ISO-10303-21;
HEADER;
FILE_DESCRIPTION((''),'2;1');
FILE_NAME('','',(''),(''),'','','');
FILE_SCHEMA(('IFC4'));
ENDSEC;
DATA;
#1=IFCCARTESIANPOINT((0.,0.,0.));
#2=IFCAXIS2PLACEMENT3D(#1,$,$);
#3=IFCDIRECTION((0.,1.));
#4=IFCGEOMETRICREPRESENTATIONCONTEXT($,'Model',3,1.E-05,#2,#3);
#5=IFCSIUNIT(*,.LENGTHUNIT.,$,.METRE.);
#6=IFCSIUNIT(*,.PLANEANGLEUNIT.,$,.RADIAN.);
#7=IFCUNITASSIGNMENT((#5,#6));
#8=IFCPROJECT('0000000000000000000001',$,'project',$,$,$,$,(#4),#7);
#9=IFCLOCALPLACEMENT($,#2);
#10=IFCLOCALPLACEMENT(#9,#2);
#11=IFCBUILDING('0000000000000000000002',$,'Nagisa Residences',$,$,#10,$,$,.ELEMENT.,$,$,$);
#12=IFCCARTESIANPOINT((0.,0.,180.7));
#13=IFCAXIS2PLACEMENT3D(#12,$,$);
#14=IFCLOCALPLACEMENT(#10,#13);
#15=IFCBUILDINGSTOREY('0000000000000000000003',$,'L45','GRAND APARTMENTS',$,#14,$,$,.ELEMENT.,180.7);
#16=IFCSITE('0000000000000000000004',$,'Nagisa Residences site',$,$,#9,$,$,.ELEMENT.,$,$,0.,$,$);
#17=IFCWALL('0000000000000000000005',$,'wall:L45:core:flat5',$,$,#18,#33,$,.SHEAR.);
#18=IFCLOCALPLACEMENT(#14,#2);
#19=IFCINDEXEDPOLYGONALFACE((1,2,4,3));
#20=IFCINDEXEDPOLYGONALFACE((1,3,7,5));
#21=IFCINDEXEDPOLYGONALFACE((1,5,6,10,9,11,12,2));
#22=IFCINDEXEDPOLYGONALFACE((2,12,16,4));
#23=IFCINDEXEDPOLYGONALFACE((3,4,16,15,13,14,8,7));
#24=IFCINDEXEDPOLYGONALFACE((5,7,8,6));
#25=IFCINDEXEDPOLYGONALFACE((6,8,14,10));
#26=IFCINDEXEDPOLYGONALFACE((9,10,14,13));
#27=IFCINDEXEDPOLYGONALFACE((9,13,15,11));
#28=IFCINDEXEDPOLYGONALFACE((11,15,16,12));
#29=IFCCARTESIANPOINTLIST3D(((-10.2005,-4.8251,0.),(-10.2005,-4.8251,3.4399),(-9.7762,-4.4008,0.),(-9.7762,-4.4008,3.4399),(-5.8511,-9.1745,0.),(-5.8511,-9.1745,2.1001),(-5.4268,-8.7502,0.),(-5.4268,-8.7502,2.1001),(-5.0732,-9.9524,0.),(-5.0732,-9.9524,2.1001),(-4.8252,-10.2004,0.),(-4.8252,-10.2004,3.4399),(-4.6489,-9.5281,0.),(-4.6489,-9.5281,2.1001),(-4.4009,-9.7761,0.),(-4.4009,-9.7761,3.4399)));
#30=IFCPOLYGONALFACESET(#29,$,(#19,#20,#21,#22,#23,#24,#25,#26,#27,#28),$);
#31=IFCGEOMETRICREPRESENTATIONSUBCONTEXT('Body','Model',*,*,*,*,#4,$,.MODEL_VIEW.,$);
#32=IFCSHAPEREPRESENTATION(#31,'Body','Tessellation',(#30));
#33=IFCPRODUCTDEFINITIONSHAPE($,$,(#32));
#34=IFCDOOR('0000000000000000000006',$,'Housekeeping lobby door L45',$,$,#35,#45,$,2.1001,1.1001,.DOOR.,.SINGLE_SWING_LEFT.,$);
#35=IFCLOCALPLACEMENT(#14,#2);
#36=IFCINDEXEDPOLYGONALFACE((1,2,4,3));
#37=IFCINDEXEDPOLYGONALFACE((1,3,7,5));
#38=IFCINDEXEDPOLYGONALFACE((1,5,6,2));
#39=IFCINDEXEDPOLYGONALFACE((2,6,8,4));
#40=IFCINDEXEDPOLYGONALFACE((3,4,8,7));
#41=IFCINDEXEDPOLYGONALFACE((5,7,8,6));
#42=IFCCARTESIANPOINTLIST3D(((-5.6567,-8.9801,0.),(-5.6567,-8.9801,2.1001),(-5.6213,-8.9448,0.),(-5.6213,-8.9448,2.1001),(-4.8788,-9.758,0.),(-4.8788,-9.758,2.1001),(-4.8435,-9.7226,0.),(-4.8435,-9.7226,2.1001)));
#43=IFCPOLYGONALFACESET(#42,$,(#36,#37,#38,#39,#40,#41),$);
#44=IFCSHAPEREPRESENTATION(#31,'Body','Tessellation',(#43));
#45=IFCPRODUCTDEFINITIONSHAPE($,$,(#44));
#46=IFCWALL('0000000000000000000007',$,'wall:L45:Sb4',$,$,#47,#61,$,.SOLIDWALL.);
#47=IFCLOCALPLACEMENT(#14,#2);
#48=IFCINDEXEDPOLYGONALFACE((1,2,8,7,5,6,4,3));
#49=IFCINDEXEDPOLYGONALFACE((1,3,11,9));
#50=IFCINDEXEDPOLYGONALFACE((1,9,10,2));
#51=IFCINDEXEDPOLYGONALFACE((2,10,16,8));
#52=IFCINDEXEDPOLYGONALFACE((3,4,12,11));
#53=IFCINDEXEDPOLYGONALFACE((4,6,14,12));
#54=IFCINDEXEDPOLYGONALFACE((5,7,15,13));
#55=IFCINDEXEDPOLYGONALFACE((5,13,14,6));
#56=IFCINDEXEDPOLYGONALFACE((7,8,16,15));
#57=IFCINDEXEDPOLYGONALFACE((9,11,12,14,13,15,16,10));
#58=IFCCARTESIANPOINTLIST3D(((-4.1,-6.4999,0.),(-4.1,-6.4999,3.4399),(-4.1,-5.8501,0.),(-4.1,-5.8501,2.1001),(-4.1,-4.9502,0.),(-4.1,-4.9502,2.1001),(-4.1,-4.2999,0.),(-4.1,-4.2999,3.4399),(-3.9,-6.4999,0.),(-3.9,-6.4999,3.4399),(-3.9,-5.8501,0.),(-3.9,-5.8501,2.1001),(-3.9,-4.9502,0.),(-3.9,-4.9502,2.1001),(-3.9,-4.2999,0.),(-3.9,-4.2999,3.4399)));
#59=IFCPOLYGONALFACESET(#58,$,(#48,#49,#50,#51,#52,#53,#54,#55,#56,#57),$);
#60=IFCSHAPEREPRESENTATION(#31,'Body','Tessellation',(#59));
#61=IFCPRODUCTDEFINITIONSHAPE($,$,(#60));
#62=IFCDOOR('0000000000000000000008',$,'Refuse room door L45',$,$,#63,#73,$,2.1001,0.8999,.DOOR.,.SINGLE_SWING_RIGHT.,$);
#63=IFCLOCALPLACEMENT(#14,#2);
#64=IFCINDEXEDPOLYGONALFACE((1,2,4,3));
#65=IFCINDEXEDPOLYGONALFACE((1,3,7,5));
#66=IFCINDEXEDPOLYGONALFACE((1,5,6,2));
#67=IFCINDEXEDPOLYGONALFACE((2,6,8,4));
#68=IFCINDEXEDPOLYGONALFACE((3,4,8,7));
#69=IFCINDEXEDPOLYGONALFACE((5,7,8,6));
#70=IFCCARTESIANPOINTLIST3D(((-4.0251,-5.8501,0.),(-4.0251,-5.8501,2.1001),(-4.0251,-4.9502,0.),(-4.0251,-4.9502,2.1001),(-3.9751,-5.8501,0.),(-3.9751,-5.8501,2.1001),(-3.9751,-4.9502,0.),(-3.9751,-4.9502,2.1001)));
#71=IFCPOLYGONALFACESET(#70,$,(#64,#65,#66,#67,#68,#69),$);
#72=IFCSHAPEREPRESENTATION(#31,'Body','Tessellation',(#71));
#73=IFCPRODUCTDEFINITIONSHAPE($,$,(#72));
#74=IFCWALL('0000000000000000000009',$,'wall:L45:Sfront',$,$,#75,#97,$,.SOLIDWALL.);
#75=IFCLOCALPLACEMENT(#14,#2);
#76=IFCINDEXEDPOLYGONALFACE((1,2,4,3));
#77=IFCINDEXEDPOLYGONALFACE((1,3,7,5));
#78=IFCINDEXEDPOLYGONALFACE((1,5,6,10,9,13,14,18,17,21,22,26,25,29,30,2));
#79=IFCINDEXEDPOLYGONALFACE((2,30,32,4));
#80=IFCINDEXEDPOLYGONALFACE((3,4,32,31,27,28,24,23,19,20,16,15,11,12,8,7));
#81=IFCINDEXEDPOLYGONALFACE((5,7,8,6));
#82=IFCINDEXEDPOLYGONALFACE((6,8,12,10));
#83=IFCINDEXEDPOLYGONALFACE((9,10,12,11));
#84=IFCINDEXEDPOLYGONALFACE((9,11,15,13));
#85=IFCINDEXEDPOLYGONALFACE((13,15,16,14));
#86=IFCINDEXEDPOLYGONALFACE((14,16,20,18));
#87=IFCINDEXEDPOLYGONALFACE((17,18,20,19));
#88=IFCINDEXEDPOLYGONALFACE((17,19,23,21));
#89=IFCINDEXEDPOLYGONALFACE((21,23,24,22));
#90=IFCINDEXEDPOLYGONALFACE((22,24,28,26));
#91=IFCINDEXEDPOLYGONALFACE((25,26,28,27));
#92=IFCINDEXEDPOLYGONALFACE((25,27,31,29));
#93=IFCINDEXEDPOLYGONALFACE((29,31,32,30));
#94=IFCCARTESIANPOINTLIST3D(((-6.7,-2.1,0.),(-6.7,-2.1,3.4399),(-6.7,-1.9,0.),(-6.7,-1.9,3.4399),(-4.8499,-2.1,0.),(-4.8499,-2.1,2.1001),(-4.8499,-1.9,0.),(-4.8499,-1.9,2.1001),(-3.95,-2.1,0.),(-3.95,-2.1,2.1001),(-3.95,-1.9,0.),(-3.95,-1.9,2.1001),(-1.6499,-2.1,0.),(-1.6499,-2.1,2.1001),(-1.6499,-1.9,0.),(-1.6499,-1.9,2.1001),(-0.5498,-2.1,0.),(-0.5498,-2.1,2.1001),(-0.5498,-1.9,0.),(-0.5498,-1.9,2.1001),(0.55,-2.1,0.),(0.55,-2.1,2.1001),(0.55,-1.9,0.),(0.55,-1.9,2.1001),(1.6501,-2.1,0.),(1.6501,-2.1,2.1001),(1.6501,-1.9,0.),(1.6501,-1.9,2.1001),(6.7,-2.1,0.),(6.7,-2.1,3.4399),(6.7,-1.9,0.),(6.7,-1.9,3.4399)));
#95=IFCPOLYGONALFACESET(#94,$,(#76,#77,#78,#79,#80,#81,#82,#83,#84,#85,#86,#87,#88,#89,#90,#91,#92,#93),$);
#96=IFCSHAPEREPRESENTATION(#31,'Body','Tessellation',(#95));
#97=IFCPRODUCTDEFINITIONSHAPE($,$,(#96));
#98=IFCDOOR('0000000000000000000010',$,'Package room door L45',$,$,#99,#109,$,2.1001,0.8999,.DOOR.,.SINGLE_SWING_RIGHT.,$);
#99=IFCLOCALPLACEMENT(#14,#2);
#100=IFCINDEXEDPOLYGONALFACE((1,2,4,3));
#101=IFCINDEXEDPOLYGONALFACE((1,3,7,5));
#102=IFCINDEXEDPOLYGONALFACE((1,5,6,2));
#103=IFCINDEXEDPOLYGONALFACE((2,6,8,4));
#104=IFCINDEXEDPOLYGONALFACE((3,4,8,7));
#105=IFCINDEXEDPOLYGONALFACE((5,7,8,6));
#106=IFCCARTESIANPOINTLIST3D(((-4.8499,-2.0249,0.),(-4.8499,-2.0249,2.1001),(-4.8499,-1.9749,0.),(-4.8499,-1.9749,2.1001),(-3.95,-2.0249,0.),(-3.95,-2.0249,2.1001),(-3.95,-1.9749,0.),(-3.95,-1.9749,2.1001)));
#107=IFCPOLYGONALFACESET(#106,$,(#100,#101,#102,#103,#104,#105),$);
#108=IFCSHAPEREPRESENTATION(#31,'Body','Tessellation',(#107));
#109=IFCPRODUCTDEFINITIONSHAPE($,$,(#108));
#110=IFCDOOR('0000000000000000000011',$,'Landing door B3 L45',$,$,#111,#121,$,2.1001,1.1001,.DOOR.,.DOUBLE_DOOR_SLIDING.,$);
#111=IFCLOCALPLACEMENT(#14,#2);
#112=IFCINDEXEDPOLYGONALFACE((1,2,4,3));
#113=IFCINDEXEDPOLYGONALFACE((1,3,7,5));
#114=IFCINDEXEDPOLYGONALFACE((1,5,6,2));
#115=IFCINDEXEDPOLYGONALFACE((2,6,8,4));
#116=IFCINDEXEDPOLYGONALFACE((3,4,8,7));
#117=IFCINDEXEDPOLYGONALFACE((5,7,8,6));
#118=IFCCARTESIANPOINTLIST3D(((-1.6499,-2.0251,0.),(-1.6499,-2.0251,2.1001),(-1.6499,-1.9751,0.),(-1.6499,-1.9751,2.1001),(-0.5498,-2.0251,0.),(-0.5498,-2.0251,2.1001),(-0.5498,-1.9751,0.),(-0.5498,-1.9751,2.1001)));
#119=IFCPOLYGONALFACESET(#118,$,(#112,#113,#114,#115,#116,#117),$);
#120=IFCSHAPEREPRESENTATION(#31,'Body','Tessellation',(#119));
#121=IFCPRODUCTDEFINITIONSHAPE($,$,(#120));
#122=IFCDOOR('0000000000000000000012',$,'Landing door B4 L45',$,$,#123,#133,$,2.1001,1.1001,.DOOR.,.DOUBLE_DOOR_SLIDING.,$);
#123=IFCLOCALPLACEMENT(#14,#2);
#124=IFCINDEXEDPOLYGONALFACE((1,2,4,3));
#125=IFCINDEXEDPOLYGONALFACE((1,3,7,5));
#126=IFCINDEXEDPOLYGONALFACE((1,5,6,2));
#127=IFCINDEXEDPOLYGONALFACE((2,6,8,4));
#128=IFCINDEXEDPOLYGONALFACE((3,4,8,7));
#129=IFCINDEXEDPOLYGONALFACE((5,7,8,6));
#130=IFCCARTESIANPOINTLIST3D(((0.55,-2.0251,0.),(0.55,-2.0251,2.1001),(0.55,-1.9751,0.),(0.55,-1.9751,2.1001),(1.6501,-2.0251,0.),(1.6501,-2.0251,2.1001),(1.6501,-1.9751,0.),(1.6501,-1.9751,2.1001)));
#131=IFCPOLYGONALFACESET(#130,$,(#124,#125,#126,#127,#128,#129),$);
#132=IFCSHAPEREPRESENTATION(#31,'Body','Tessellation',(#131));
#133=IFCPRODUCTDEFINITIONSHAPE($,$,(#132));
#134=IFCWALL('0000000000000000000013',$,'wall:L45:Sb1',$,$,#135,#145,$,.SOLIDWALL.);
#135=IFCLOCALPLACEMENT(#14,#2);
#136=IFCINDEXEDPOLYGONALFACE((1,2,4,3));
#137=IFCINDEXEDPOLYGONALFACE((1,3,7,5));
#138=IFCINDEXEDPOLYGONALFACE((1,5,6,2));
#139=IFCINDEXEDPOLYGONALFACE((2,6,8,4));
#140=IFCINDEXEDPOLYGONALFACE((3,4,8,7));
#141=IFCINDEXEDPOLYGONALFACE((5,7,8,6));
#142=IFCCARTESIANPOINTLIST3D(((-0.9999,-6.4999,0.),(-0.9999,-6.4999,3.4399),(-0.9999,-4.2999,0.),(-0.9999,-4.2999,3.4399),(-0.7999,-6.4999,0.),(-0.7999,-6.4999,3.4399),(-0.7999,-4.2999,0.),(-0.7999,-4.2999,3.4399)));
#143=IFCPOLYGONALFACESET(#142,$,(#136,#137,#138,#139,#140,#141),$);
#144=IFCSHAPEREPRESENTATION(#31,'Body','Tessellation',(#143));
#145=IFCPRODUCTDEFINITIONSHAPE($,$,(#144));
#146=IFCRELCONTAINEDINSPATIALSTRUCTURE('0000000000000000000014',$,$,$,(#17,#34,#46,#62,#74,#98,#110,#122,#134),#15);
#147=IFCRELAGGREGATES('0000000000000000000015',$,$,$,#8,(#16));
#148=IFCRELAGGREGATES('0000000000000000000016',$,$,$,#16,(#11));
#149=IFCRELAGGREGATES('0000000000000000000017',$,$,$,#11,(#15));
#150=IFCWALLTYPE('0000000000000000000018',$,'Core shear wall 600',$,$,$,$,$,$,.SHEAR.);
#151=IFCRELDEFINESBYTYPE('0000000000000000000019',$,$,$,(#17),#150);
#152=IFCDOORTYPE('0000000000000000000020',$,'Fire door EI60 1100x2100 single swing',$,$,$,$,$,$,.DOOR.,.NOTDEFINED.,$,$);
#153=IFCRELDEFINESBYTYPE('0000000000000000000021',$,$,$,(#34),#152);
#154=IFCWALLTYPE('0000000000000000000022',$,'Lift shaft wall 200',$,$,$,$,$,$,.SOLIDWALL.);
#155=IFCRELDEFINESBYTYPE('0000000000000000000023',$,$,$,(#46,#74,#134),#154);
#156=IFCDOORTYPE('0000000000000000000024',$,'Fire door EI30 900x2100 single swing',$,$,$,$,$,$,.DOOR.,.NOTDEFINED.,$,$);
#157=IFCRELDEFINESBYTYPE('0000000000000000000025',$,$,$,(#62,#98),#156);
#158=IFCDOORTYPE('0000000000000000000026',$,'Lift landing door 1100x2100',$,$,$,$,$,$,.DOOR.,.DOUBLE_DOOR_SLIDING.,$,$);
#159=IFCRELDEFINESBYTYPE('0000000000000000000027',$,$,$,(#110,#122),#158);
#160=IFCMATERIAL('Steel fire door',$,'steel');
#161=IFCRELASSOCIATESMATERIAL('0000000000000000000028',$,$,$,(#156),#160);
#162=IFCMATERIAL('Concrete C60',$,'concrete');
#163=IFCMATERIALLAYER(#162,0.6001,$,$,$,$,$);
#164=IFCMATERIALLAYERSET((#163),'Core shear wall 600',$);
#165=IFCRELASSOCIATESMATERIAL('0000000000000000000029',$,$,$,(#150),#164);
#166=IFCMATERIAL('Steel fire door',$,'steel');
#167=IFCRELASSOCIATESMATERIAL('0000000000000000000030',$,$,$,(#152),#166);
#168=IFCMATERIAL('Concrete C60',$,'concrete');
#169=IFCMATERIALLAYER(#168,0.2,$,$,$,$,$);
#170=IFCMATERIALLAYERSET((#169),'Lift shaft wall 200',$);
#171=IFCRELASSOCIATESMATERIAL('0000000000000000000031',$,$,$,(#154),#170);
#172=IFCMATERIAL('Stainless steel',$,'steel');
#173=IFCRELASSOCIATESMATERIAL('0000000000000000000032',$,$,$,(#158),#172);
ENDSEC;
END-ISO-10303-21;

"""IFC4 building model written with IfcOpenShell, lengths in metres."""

from ifc_helpers import new_model, si_unit, direction, frame, frame_2d, origin, place, context, subcontext, project, spatial, rectangle, extrude, material, layer, layer_set, type_object, element, fill, save


model = new_model("IFC4")

# Units and contexts
model_context = context("Model", 3, precision=1e-05, world=origin(), true_north=direction((0.0, 1.0)))
body_context = subcontext(model_context, "Body", "Model", "MODEL_VIEW")
ifc_project = project(units=[si_unit("LENGTHUNIT", "METRE"), si_unit("PLANEANGLEUNIT", "RADIAN")], contexts=[model_context])

# Site, building, storey
site_placement = place(None, origin())
site = spatial("IfcSite", under=ifc_project, at=site_placement, Name="Nagisa Residences site", CompositionType="ELEMENT", RefElevation=0.0)
building_placement = place(site_placement, origin())
building = spatial("IfcBuilding", under=site, at=building_placement, Name="Nagisa Residences", CompositionType="ELEMENT")
storey_placement = place(building_placement, frame((0.0, 0.0, 180.7)))
storey = spatial("IfcBuildingStorey", under=building, at=storey_placement, Name="L45", Description="GRAND APARTMENTS", CompositionType="ELEMENT", Elevation=180.7)

# Shared definitions
ifc_material_1 = material(Name="Steel fire door", Category="steel")
door_type_1 = type_object("IfcDoorType", Name="Fire door EI30 900x2100 single swing", OperationType="NOTDEFINED", PredefinedType="DOOR", material=ifc_material_1)

# Walls, openings, doors
ifc_material_2 = material(Name="Concrete C60", Category="concrete")
ifc_layer_1 = layer(ifc_material_2, 0.6001)
ifc_layer_set_1 = layer_set([ifc_layer_1], Name="Core shear wall 600")
wall_type_1 = type_object("IfcWallType", Name="Core shear wall 600", PredefinedType="SHEAR", material=ifc_layer_set_1)
wall_1_placement = place(storey_placement, frame((-9.9883, -4.613, 0.0), z_axis=(0.0, 0.0, 1.0), x_axis=(0.707107, -0.707107, 0.0)))
wall_1 = element("IfcWall", 1, at=wall_1_placement, inside=storey, type_object=wall_type_1, Name="wall:L45:core:flat5", PredefinedType="SHEAR", context=body_context, shape_type="SweptSolid", body=[
    extrude(rectangle(XDim=7.6018, YDim=0.6001, at=frame_2d((3.8008, 0.0))), origin(), (0.0, 0.0, 1.0), 3.4399),
])
opening_1_placement = place(wall_1_placement, frame((6.1509, 0.0, 0.0)))
opening_1 = element("IfcOpeningElement", 2, at=opening_1_placement, cuts=wall_1, PredefinedType="OPENING", context=body_context, shape_type="SweptSolid", body=[
    extrude(rectangle(XDim=1.1001, YDim=2.1001, at=frame_2d((0.55, 1.05))), frame((0.0, 0.3101, 0.0), z_axis=(0.0, -1.0, 0.0), x_axis=(1.0, 0.0, 0.0)), (0.0, 0.0, 1.0), 0.6201),
])
ifc_material_3 = material(Name="Steel fire door", Category="steel")
door_type_2 = type_object("IfcDoorType", Name="Fire door EI60 1100x2100 single swing", OperationType="NOTDEFINED", PredefinedType="DOOR", material=ifc_material_3)
door_1_placement = place(opening_1_placement, origin())
door_1 = element("IfcDoor", 3, at=door_1_placement, inside=storey, type_object=door_type_2, Name="Housekeeping lobby door L45", OperationType="SINGLE_SWING_LEFT", OverallHeight=2.1001, OverallWidth=1.1001, PredefinedType="DOOR", context=body_context, shape_type="SweptSolid", body=[
    extrude(rectangle(XDim=1.1001, YDim=2.1001, at=frame_2d((0.55, 1.05))), frame((0.0, 0.0249, 0.0), z_axis=(0.0, -1.0, 0.0), x_axis=(1.0, 0.0, 0.0)), (0.0, 0.0, 1.0), 0.05),
])
fill(opening_1, door_1)
ifc_material_4 = material(Name="Concrete C60", Category="concrete")
ifc_layer_2 = layer(ifc_material_4, 0.2)
ifc_layer_set_2 = layer_set([ifc_layer_2], Name="Lift shaft wall 200")
wall_type_2 = type_object("IfcWallType", Name="Lift shaft wall 200", PredefinedType="SOLIDWALL", material=ifc_layer_set_2)
wall_2_placement = place(storey_placement, frame((-4.0, -6.5, 0.0), z_axis=(0.0, 0.0, 1.0), x_axis=(0.0, 1.0, 0.0)))
wall_2 = element("IfcWall", 4, at=wall_2_placement, inside=storey, type_object=wall_type_2, Name="wall:L45:Sb4", PredefinedType="SOLIDWALL", context=body_context, shape_type="SweptSolid", body=[
    extrude(rectangle(XDim=2.2, YDim=0.2, at=frame_2d((1.1001, 0.0))), origin(), (0.0, 0.0, 1.0), 3.4399),
])
opening_2_placement = place(wall_2_placement, frame((0.6499, 0.0, 0.0)))
opening_2 = element("IfcOpeningElement", 5, at=opening_2_placement, cuts=wall_2, PredefinedType="OPENING", context=body_context, shape_type="SweptSolid", body=[
    extrude(rectangle(XDim=0.8999, YDim=2.1001, at=frame_2d((0.45, 1.05))), frame((0.0, 0.1099, 0.0), z_axis=(0.0, -1.0, 0.0), x_axis=(1.0, 0.0, 0.0)), (0.0, 0.0, 1.0), 0.22),
])
door_2_placement = place(opening_2_placement, frame((0.8999, 0.0, 0.0), x_axis=(-1.0, 0.0, 0.0)))
door_2 = element("IfcDoor", 6, at=door_2_placement, inside=storey, type_object=door_type_1, Name="Refuse room door L45", OperationType="SINGLE_SWING_RIGHT", OverallHeight=2.1001, OverallWidth=0.8999, PredefinedType="DOOR", context=body_context, shape_type="SweptSolid", body=[
    extrude(rectangle(XDim=0.8999, YDim=2.1001, at=frame_2d((0.45, 1.05))), frame((0.0, 0.0249, 0.0), z_axis=(0.0, -1.0, 0.0), x_axis=(1.0, 0.0, 0.0)), (0.0, 0.0, 1.0), 0.05),
])
fill(opening_2, door_2)

# Wall, openings, doors
wall_3_placement = place(storey_placement, frame((-6.7, -2.0, 0.0), z_axis=(0.0, 0.0, 1.0), x_axis=(1.0, 0.0, 0.0)))
wall_3 = element("IfcWall", 7, at=wall_3_placement, inside=storey, type_object=wall_type_2, Name="wall:L45:Sfront", PredefinedType="SOLIDWALL", context=body_context, shape_type="SweptSolid", body=[
    extrude(rectangle(XDim=13.3999, YDim=0.2, at=frame_2d((6.7, 0.0))), origin(), (0.0, 0.0, 1.0), 3.4399),
])
opening_3_placement = place(wall_3_placement, frame((5.05, 0.0, 0.0)))
opening_3 = element("IfcOpeningElement", 8, at=opening_3_placement, cuts=wall_3, PredefinedType="OPENING", context=body_context, shape_type="SweptSolid", body=[
    extrude(rectangle(XDim=1.1001, YDim=2.1001, at=frame_2d((0.55, 1.05))), frame((0.0, 0.1099, 0.0), z_axis=(0.0, -1.0, 0.0), x_axis=(1.0, 0.0, 0.0)), (0.0, 0.0, 1.0), 0.22),
])
opening_4_placement = place(wall_3_placement, frame((7.25, 0.0, 0.0)))
opening_4 = element("IfcOpeningElement", 9, at=opening_4_placement, cuts=wall_3, PredefinedType="OPENING", context=body_context, shape_type="SweptSolid", body=[
    extrude(rectangle(XDim=1.1001, YDim=2.1001, at=frame_2d((0.55, 1.05))), frame((0.0, 0.1099, 0.0), z_axis=(0.0, -1.0, 0.0), x_axis=(1.0, 0.0, 0.0)), (0.0, 0.0, 1.0), 0.22),
])
opening_5_placement = place(wall_3_placement, frame((1.8501, 0.0, 0.0)))
opening_5 = element("IfcOpeningElement", 10, at=opening_5_placement, cuts=wall_3, PredefinedType="OPENING", context=body_context, shape_type="SweptSolid", body=[
    extrude(rectangle(XDim=0.8999, YDim=2.1001, at=frame_2d((0.45, 1.05))), frame((0.0, 0.1099, 0.0), z_axis=(0.0, -1.0, 0.0), x_axis=(1.0, 0.0, 0.0)), (0.0, 0.0, 1.0), 0.22),
])
door_3_placement = place(opening_5_placement, frame((0.8999, 0.0, 0.0), x_axis=(-1.0, 0.0, 0.0)))
door_3 = element("IfcDoor", 11, at=door_3_placement, inside=storey, type_object=door_type_1, Name="Package room door L45", OperationType="SINGLE_SWING_RIGHT", OverallHeight=2.1001, OverallWidth=0.8999, PredefinedType="DOOR", context=body_context, shape_type="SweptSolid", body=[
    extrude(rectangle(XDim=0.8999, YDim=2.1001, at=frame_2d((0.45, 1.05))), frame((0.0, 0.0249, 0.0), z_axis=(0.0, -1.0, 0.0), x_axis=(1.0, 0.0, 0.0)), (0.0, 0.0, 1.0), 0.05),
])
fill(opening_5, door_3)
ifc_material_5 = material(Name="Stainless steel", Category="steel")
door_type_3 = type_object("IfcDoorType", Name="Lift landing door 1100x2100", OperationType="DOUBLE_DOOR_SLIDING", PredefinedType="DOOR", material=ifc_material_5)
door_4_placement = place(opening_3_placement, origin())
door_4 = element("IfcDoor", 12, at=door_4_placement, inside=storey, type_object=door_type_3, Name="Landing door B3 L45", OperationType="DOUBLE_DOOR_SLIDING", OverallHeight=2.1001, OverallWidth=1.1001, PredefinedType="DOOR", context=body_context, shape_type="SweptSolid", body=[
    extrude(rectangle(XDim=1.1001, YDim=2.1001, at=frame_2d((0.55, 1.05))), frame((0.0, 0.0249, 0.0), z_axis=(0.0, -1.0, 0.0), x_axis=(1.0, 0.0, 0.0)), (0.0, 0.0, 1.0), 0.05),
])
fill(opening_3, door_4)
door_5_placement = place(opening_4_placement, origin())
door_5 = element("IfcDoor", 13, at=door_5_placement, inside=storey, type_object=door_type_3, Name="Landing door B4 L45", OperationType="DOUBLE_DOOR_SLIDING", OverallHeight=2.1001, OverallWidth=1.1001, PredefinedType="DOOR", context=body_context, shape_type="SweptSolid", body=[
    extrude(rectangle(XDim=1.1001, YDim=2.1001, at=frame_2d((0.55, 1.05))), frame((0.0, 0.0249, 0.0), z_axis=(0.0, -1.0, 0.0), x_axis=(1.0, 0.0, 0.0)), (0.0, 0.0, 1.0), 0.05),
])
fill(opening_4, door_5)

# Wall
wall_4_placement = place(storey_placement, frame((-0.8999, -6.5, 0.0), z_axis=(0.0, 0.0, 1.0), x_axis=(0.0, 1.0, 0.0)))
element("IfcWall", 14, at=wall_4_placement, inside=storey, type_object=wall_type_2, Name="wall:L45:Sb1", PredefinedType="SOLIDWALL", context=body_context, shape_type="SweptSolid", body=[
    extrude(rectangle(XDim=2.2, YDim=0.2, at=frame_2d((1.1001, 0.0))), origin(), (0.0, 0.0, 1.0), 3.4399),
])

save(model, "model.ifc")
